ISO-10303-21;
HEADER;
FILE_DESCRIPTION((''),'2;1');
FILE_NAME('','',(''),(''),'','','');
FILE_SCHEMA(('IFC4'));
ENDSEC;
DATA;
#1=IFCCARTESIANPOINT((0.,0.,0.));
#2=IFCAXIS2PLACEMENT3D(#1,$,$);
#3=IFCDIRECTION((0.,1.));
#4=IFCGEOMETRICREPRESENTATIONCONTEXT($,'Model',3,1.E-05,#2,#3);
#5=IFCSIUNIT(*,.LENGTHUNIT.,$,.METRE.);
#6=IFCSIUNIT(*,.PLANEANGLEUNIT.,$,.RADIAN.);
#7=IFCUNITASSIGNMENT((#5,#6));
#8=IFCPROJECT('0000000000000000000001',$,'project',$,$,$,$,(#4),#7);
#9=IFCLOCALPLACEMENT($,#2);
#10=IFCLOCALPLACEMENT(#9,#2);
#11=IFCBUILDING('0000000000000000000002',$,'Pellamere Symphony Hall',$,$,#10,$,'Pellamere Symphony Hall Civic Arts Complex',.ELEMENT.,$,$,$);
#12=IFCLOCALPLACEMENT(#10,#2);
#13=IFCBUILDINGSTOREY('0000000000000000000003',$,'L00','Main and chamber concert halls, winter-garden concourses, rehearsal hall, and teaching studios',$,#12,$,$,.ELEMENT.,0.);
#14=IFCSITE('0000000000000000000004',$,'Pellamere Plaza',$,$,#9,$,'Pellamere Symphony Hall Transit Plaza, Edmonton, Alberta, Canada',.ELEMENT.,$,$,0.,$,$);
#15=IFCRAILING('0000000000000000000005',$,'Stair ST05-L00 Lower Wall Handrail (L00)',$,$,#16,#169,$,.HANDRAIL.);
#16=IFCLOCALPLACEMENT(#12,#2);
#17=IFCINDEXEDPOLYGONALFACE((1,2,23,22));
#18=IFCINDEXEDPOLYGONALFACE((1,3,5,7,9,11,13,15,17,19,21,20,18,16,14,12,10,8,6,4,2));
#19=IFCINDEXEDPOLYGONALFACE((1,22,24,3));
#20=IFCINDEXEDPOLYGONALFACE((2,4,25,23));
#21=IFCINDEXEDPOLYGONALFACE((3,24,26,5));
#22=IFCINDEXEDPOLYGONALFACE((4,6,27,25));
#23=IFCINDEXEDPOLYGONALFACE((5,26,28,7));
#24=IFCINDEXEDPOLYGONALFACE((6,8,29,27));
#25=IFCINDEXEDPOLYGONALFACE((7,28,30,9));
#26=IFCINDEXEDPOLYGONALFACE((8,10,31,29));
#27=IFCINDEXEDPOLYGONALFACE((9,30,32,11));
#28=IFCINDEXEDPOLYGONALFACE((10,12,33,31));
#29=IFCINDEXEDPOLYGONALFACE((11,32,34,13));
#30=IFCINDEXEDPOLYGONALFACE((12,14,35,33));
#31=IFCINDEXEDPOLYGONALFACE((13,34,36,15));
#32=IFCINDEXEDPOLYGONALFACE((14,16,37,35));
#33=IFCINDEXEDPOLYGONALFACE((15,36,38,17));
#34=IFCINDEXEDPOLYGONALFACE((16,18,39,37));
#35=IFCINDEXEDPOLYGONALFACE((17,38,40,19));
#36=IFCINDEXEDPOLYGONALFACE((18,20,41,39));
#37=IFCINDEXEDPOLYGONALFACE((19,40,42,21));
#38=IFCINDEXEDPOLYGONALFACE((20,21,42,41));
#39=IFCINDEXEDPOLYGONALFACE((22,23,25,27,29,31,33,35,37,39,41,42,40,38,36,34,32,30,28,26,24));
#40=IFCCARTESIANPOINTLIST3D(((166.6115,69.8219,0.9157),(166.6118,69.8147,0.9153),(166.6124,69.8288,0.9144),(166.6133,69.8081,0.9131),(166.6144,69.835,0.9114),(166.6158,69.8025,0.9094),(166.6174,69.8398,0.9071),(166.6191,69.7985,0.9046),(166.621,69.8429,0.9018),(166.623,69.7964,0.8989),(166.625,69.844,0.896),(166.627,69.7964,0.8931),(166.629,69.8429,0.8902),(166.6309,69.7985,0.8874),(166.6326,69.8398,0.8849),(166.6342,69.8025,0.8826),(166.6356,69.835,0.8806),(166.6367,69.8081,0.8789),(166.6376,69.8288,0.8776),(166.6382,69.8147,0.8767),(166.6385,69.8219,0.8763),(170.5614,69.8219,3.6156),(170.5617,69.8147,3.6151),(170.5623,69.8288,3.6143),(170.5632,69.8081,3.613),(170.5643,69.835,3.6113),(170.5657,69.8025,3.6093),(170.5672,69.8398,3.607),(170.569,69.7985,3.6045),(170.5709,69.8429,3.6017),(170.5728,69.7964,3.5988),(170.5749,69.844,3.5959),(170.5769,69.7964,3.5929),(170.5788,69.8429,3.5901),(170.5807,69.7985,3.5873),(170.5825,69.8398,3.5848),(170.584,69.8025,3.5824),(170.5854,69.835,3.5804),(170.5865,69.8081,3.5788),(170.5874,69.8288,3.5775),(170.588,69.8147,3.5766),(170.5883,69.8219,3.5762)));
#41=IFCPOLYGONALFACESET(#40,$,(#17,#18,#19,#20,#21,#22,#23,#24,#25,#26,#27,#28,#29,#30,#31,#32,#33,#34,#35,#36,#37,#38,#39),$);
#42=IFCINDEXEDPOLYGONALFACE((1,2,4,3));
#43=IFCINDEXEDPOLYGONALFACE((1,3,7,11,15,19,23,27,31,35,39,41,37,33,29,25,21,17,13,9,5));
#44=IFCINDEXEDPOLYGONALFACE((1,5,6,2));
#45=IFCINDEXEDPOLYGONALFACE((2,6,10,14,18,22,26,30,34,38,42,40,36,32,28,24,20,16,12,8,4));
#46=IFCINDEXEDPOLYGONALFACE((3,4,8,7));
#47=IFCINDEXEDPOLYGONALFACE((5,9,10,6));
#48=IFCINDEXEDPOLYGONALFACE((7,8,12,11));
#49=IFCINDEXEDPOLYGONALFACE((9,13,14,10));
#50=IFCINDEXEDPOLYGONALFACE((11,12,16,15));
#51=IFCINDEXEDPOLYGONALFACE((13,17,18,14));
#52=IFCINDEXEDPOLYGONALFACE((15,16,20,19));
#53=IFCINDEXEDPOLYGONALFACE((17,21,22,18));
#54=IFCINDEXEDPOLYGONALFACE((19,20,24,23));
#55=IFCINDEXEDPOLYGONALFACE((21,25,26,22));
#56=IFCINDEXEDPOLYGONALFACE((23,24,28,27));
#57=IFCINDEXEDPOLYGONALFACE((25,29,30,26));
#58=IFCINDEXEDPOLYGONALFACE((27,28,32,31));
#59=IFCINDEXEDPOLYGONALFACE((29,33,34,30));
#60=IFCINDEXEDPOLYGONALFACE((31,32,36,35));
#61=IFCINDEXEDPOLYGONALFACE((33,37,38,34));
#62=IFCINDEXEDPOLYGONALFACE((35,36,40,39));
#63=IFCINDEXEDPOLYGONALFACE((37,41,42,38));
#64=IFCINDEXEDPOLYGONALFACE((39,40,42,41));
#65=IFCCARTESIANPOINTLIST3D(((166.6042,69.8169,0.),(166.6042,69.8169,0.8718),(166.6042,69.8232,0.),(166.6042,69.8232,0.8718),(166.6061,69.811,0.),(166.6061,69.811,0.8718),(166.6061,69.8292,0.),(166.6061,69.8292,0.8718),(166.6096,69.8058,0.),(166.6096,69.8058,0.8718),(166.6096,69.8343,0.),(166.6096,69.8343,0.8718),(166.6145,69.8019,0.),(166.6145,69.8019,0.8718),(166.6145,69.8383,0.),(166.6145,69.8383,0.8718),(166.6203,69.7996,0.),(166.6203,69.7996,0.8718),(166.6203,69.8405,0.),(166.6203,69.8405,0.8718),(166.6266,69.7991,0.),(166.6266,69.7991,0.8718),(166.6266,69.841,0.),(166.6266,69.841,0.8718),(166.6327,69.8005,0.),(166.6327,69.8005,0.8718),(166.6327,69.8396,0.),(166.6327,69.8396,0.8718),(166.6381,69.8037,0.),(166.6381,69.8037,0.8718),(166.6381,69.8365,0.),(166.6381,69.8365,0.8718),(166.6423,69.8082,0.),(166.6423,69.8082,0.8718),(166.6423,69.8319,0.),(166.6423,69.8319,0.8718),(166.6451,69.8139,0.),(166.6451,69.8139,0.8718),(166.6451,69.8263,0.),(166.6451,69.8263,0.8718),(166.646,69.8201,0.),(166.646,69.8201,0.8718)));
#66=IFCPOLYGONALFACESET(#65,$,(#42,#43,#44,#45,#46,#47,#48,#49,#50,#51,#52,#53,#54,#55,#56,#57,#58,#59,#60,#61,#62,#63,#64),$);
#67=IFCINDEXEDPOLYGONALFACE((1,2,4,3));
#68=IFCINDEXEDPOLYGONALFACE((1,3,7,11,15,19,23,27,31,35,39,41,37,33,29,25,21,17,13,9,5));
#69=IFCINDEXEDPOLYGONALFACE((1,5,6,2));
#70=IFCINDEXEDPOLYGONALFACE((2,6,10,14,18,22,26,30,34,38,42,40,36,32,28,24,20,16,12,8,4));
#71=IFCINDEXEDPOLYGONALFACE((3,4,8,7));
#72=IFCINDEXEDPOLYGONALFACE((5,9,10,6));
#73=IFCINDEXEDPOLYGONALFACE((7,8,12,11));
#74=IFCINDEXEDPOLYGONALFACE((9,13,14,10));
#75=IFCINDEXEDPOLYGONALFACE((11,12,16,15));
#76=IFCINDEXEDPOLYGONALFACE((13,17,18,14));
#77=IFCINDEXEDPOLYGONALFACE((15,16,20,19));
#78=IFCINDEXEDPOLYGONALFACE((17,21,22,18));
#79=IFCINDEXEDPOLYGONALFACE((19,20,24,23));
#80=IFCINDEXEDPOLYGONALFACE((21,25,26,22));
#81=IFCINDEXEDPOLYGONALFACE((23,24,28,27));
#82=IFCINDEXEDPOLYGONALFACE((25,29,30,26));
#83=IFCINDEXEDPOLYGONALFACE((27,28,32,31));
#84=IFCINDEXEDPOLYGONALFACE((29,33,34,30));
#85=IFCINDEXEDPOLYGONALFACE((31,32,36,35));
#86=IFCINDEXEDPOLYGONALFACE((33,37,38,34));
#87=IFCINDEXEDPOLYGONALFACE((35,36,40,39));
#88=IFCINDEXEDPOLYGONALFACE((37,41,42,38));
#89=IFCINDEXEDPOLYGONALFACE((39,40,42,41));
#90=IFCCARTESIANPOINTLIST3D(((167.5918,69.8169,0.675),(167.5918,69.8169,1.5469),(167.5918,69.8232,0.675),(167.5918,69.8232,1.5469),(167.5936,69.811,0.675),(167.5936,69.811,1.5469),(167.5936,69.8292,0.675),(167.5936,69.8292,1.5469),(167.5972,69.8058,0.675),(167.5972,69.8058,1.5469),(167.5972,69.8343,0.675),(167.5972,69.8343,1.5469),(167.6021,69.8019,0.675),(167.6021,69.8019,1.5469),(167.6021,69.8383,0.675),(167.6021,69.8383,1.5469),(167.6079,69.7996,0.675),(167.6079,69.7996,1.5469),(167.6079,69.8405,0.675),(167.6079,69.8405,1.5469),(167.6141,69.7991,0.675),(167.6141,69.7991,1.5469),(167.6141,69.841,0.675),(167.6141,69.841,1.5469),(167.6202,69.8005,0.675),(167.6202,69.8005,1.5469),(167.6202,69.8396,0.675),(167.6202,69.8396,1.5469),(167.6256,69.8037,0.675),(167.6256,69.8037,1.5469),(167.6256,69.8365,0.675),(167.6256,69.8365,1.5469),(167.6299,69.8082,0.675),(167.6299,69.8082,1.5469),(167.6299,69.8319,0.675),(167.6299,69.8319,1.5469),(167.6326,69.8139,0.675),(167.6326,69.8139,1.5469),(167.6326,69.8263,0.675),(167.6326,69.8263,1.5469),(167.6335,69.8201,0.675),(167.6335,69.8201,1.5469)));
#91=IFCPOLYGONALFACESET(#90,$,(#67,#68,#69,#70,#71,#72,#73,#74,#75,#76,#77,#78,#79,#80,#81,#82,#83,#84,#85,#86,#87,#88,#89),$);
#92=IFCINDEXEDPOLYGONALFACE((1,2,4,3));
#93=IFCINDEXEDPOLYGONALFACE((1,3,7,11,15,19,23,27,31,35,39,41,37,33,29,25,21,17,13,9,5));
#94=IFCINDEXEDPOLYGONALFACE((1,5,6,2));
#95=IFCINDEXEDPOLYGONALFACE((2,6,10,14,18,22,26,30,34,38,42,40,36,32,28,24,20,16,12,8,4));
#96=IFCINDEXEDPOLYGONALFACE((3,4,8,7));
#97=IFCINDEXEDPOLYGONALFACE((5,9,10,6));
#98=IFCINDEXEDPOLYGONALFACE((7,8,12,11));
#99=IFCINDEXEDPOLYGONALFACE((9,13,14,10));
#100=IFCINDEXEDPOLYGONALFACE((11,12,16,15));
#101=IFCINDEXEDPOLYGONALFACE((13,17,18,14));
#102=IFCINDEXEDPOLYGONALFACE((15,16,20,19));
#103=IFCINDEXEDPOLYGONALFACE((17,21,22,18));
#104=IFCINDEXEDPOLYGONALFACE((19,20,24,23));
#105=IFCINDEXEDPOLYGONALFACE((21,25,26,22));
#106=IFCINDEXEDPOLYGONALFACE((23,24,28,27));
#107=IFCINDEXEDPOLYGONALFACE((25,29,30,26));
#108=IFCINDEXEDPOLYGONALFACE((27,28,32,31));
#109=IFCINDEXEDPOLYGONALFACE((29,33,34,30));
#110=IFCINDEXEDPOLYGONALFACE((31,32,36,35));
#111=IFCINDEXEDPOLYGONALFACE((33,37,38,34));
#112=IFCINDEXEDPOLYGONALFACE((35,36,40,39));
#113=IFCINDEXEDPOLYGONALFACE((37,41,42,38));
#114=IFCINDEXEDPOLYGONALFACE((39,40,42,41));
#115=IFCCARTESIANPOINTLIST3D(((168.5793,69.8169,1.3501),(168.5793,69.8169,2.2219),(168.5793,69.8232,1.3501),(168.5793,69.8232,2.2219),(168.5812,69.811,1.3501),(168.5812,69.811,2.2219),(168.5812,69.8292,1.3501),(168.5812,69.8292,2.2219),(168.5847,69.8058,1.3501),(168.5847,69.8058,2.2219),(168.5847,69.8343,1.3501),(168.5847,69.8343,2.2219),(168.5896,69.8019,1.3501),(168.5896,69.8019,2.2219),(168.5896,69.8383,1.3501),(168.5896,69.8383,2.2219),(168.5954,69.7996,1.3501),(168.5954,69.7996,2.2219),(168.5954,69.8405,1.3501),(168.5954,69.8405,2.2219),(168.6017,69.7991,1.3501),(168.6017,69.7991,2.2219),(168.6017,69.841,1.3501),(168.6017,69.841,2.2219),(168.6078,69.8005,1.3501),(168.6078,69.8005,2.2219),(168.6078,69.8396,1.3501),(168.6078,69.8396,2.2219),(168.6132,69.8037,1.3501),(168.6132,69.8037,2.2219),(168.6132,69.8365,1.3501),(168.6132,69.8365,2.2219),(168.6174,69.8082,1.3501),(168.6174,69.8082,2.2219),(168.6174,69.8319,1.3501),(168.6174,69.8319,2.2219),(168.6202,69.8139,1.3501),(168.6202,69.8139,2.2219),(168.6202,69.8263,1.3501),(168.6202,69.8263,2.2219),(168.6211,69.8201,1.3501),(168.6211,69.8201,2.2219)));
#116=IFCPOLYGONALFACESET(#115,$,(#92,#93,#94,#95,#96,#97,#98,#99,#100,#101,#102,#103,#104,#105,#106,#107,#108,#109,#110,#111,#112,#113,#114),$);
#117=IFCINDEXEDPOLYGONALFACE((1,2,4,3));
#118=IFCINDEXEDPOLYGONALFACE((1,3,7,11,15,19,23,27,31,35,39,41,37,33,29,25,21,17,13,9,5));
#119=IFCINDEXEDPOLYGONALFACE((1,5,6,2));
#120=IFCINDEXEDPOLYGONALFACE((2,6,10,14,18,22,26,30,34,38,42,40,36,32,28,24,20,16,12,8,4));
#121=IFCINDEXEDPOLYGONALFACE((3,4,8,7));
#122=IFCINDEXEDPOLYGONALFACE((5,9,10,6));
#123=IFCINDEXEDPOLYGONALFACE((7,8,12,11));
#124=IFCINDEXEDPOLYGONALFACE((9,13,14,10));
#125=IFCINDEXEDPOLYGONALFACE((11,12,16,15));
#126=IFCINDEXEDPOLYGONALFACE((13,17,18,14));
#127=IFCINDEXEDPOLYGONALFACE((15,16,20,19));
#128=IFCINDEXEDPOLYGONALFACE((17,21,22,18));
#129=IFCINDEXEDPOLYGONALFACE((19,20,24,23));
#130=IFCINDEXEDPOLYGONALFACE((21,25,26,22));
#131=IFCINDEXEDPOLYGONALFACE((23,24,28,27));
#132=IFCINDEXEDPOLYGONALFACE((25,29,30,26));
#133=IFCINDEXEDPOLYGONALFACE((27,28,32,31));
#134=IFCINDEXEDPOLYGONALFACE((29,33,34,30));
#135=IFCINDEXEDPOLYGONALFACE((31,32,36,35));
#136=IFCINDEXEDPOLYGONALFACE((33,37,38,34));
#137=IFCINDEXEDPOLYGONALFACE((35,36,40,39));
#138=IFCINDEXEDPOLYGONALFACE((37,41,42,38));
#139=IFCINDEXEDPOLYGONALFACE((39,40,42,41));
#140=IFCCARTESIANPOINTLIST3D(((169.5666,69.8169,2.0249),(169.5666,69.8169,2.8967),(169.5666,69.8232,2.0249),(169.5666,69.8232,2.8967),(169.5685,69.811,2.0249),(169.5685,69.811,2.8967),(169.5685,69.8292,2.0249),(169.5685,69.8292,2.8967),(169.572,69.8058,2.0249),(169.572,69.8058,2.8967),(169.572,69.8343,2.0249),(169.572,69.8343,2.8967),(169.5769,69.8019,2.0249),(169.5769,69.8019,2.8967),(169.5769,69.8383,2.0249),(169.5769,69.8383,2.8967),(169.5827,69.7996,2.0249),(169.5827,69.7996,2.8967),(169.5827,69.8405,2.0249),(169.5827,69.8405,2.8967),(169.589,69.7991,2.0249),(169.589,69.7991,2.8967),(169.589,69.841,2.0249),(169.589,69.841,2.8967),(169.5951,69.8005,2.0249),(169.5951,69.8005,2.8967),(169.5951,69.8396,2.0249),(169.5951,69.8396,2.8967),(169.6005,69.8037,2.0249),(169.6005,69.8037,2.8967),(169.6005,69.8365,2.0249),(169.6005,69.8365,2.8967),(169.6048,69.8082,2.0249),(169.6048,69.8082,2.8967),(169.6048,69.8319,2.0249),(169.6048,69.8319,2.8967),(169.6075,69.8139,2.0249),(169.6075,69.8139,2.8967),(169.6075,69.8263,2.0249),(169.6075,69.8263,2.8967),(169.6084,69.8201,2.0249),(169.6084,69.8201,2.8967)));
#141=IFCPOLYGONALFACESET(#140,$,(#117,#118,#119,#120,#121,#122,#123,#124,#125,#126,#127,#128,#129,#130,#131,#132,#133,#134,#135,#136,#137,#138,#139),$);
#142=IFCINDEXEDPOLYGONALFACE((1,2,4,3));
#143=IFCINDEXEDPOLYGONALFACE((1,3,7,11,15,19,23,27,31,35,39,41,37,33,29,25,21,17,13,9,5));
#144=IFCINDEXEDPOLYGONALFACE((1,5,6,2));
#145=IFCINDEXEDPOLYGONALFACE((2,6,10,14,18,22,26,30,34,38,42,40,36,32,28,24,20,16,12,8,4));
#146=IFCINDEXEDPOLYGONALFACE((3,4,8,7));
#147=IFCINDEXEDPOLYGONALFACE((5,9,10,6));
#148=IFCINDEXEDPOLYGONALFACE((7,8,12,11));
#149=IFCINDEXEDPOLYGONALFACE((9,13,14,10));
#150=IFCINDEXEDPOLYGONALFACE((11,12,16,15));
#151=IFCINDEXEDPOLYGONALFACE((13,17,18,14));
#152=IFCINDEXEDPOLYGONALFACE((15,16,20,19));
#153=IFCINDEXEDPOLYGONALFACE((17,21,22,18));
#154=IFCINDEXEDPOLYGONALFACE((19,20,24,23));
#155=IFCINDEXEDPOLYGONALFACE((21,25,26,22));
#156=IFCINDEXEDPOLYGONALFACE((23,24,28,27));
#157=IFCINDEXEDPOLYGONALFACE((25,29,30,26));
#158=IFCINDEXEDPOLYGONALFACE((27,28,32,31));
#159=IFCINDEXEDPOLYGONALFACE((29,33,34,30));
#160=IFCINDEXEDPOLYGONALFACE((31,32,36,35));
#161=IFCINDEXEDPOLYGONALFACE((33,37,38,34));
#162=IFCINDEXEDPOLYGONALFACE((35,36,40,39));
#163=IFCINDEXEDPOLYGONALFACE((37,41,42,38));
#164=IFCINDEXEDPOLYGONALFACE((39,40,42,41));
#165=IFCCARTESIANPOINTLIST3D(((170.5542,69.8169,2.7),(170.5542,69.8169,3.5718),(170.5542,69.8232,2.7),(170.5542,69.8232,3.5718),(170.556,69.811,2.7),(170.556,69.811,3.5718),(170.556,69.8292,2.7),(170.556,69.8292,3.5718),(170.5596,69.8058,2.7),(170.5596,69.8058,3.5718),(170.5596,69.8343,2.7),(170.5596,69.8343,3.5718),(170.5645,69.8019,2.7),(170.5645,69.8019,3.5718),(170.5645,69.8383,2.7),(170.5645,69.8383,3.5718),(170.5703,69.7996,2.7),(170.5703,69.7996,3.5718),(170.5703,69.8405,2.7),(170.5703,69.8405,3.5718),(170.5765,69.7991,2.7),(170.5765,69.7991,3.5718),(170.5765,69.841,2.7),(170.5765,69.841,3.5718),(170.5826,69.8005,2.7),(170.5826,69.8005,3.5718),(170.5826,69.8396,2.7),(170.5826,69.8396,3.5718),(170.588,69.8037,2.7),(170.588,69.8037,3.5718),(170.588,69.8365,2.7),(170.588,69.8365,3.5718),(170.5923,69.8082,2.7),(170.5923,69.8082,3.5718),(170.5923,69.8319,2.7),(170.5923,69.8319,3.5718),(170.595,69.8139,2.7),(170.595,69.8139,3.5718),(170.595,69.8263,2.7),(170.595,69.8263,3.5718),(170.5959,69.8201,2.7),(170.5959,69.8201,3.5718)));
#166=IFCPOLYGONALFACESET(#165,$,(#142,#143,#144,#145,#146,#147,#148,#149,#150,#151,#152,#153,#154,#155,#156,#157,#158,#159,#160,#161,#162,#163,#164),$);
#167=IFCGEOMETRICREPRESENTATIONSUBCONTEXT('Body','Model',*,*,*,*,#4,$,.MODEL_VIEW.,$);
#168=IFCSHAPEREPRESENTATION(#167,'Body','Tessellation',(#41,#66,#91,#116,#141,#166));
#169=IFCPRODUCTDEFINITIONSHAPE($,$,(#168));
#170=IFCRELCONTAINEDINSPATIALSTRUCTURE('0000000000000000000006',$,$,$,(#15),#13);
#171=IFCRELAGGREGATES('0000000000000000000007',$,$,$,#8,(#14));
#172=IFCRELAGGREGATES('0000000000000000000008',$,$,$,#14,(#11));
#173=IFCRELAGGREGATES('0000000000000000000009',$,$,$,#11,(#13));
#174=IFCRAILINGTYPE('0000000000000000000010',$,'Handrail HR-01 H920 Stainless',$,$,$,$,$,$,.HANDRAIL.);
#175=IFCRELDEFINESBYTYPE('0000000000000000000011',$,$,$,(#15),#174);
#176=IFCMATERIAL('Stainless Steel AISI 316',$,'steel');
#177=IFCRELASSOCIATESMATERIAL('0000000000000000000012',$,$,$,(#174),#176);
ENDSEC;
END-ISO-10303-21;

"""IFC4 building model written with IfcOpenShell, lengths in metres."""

from ifc_helpers import new_model, si_unit, direction, frame, origin, origin_2d, place, context, subcontext, project, spatial, circle, extrude, material, type_object, element, save


model = new_model("IFC4")

# Units and contexts
model_context = context("Model", 3, precision=1e-05, world=origin(), true_north=direction((0.0, 1.0)))
body_context = subcontext(model_context, "Body", "Model", "MODEL_VIEW")
ifc_project = project(units=[si_unit("LENGTHUNIT", "METRE"), si_unit("PLANEANGLEUNIT", "RADIAN")], contexts=[model_context])

# Site, building, storey
site_placement = place(None, origin())
site = spatial("IfcSite", under=ifc_project, at=site_placement, Name="Pellamere Plaza", LongName="Pellamere Symphony Hall Transit Plaza, Edmonton, Alberta, Canada", CompositionType="ELEMENT", RefElevation=0.0)
building_placement = place(site_placement, origin())
building = spatial("IfcBuilding", under=site, at=building_placement, Name="Pellamere Symphony Hall", LongName="Pellamere Symphony Hall Civic Arts Complex", CompositionType="ELEMENT")
storey_placement = place(building_placement, origin())
storey = spatial("IfcBuildingStorey", under=building, at=storey_placement, Name="L00", Description="Main and chamber concert halls, winter-garden concourses, rehearsal hall, and teaching studios", CompositionType="ELEMENT", Elevation=0.0)

# Railing
ifc_material_1 = material(Name="Stainless Steel AISI 316", Category="steel")
railing_type_1 = type_object("IfcRailingType", Name="Handrail HR-01 H920 Stainless", PredefinedType="HANDRAIL", material=ifc_material_1)
railing_1_placement = place(storey_placement, frame((166.625, 69.8201, 0.0)))
element("IfcRailing", 1, at=railing_1_placement, inside=storey, type_object=railing_type_1, Name="Stair ST05-L00 Lower Wall Handrail (L00)", PredefinedType="HANDRAIL", context=body_context, shape_type="SweptSolid", body=[
    extrude(circle(Radius=0.0239, at=origin_2d()), frame((0.0, 0.0, 0.896), z_axis=(0.825565, 0.0, 0.564307), x_axis=(0.0, 1.0, 0.0)), (0.0, 0.0, 1.0), 4.7844),
    extrude(circle(Radius=0.021, at=origin_2d()), origin(), (0.0, 0.0, 1.0), 0.8718),
    extrude(circle(Radius=0.021, at=origin_2d()), frame((0.9875, 0.0, 0.675)), (0.0, 0.0, 1.0), 0.8718),
    extrude(circle(Radius=0.021, at=origin_2d()), frame((1.9751, 0.0, 1.3501)), (0.0, 0.0, 1.0), 0.8718),
    extrude(circle(Radius=0.021, at=origin_2d()), frame((2.9624, 0.0, 2.0249)), (0.0, 0.0, 1.0), 0.8718),
    extrude(circle(Radius=0.021, at=origin_2d()), frame((3.95, 0.0, 2.7)), (0.0, 0.0, 1.0), 0.8718),
])

save(model, "model.ifc")
